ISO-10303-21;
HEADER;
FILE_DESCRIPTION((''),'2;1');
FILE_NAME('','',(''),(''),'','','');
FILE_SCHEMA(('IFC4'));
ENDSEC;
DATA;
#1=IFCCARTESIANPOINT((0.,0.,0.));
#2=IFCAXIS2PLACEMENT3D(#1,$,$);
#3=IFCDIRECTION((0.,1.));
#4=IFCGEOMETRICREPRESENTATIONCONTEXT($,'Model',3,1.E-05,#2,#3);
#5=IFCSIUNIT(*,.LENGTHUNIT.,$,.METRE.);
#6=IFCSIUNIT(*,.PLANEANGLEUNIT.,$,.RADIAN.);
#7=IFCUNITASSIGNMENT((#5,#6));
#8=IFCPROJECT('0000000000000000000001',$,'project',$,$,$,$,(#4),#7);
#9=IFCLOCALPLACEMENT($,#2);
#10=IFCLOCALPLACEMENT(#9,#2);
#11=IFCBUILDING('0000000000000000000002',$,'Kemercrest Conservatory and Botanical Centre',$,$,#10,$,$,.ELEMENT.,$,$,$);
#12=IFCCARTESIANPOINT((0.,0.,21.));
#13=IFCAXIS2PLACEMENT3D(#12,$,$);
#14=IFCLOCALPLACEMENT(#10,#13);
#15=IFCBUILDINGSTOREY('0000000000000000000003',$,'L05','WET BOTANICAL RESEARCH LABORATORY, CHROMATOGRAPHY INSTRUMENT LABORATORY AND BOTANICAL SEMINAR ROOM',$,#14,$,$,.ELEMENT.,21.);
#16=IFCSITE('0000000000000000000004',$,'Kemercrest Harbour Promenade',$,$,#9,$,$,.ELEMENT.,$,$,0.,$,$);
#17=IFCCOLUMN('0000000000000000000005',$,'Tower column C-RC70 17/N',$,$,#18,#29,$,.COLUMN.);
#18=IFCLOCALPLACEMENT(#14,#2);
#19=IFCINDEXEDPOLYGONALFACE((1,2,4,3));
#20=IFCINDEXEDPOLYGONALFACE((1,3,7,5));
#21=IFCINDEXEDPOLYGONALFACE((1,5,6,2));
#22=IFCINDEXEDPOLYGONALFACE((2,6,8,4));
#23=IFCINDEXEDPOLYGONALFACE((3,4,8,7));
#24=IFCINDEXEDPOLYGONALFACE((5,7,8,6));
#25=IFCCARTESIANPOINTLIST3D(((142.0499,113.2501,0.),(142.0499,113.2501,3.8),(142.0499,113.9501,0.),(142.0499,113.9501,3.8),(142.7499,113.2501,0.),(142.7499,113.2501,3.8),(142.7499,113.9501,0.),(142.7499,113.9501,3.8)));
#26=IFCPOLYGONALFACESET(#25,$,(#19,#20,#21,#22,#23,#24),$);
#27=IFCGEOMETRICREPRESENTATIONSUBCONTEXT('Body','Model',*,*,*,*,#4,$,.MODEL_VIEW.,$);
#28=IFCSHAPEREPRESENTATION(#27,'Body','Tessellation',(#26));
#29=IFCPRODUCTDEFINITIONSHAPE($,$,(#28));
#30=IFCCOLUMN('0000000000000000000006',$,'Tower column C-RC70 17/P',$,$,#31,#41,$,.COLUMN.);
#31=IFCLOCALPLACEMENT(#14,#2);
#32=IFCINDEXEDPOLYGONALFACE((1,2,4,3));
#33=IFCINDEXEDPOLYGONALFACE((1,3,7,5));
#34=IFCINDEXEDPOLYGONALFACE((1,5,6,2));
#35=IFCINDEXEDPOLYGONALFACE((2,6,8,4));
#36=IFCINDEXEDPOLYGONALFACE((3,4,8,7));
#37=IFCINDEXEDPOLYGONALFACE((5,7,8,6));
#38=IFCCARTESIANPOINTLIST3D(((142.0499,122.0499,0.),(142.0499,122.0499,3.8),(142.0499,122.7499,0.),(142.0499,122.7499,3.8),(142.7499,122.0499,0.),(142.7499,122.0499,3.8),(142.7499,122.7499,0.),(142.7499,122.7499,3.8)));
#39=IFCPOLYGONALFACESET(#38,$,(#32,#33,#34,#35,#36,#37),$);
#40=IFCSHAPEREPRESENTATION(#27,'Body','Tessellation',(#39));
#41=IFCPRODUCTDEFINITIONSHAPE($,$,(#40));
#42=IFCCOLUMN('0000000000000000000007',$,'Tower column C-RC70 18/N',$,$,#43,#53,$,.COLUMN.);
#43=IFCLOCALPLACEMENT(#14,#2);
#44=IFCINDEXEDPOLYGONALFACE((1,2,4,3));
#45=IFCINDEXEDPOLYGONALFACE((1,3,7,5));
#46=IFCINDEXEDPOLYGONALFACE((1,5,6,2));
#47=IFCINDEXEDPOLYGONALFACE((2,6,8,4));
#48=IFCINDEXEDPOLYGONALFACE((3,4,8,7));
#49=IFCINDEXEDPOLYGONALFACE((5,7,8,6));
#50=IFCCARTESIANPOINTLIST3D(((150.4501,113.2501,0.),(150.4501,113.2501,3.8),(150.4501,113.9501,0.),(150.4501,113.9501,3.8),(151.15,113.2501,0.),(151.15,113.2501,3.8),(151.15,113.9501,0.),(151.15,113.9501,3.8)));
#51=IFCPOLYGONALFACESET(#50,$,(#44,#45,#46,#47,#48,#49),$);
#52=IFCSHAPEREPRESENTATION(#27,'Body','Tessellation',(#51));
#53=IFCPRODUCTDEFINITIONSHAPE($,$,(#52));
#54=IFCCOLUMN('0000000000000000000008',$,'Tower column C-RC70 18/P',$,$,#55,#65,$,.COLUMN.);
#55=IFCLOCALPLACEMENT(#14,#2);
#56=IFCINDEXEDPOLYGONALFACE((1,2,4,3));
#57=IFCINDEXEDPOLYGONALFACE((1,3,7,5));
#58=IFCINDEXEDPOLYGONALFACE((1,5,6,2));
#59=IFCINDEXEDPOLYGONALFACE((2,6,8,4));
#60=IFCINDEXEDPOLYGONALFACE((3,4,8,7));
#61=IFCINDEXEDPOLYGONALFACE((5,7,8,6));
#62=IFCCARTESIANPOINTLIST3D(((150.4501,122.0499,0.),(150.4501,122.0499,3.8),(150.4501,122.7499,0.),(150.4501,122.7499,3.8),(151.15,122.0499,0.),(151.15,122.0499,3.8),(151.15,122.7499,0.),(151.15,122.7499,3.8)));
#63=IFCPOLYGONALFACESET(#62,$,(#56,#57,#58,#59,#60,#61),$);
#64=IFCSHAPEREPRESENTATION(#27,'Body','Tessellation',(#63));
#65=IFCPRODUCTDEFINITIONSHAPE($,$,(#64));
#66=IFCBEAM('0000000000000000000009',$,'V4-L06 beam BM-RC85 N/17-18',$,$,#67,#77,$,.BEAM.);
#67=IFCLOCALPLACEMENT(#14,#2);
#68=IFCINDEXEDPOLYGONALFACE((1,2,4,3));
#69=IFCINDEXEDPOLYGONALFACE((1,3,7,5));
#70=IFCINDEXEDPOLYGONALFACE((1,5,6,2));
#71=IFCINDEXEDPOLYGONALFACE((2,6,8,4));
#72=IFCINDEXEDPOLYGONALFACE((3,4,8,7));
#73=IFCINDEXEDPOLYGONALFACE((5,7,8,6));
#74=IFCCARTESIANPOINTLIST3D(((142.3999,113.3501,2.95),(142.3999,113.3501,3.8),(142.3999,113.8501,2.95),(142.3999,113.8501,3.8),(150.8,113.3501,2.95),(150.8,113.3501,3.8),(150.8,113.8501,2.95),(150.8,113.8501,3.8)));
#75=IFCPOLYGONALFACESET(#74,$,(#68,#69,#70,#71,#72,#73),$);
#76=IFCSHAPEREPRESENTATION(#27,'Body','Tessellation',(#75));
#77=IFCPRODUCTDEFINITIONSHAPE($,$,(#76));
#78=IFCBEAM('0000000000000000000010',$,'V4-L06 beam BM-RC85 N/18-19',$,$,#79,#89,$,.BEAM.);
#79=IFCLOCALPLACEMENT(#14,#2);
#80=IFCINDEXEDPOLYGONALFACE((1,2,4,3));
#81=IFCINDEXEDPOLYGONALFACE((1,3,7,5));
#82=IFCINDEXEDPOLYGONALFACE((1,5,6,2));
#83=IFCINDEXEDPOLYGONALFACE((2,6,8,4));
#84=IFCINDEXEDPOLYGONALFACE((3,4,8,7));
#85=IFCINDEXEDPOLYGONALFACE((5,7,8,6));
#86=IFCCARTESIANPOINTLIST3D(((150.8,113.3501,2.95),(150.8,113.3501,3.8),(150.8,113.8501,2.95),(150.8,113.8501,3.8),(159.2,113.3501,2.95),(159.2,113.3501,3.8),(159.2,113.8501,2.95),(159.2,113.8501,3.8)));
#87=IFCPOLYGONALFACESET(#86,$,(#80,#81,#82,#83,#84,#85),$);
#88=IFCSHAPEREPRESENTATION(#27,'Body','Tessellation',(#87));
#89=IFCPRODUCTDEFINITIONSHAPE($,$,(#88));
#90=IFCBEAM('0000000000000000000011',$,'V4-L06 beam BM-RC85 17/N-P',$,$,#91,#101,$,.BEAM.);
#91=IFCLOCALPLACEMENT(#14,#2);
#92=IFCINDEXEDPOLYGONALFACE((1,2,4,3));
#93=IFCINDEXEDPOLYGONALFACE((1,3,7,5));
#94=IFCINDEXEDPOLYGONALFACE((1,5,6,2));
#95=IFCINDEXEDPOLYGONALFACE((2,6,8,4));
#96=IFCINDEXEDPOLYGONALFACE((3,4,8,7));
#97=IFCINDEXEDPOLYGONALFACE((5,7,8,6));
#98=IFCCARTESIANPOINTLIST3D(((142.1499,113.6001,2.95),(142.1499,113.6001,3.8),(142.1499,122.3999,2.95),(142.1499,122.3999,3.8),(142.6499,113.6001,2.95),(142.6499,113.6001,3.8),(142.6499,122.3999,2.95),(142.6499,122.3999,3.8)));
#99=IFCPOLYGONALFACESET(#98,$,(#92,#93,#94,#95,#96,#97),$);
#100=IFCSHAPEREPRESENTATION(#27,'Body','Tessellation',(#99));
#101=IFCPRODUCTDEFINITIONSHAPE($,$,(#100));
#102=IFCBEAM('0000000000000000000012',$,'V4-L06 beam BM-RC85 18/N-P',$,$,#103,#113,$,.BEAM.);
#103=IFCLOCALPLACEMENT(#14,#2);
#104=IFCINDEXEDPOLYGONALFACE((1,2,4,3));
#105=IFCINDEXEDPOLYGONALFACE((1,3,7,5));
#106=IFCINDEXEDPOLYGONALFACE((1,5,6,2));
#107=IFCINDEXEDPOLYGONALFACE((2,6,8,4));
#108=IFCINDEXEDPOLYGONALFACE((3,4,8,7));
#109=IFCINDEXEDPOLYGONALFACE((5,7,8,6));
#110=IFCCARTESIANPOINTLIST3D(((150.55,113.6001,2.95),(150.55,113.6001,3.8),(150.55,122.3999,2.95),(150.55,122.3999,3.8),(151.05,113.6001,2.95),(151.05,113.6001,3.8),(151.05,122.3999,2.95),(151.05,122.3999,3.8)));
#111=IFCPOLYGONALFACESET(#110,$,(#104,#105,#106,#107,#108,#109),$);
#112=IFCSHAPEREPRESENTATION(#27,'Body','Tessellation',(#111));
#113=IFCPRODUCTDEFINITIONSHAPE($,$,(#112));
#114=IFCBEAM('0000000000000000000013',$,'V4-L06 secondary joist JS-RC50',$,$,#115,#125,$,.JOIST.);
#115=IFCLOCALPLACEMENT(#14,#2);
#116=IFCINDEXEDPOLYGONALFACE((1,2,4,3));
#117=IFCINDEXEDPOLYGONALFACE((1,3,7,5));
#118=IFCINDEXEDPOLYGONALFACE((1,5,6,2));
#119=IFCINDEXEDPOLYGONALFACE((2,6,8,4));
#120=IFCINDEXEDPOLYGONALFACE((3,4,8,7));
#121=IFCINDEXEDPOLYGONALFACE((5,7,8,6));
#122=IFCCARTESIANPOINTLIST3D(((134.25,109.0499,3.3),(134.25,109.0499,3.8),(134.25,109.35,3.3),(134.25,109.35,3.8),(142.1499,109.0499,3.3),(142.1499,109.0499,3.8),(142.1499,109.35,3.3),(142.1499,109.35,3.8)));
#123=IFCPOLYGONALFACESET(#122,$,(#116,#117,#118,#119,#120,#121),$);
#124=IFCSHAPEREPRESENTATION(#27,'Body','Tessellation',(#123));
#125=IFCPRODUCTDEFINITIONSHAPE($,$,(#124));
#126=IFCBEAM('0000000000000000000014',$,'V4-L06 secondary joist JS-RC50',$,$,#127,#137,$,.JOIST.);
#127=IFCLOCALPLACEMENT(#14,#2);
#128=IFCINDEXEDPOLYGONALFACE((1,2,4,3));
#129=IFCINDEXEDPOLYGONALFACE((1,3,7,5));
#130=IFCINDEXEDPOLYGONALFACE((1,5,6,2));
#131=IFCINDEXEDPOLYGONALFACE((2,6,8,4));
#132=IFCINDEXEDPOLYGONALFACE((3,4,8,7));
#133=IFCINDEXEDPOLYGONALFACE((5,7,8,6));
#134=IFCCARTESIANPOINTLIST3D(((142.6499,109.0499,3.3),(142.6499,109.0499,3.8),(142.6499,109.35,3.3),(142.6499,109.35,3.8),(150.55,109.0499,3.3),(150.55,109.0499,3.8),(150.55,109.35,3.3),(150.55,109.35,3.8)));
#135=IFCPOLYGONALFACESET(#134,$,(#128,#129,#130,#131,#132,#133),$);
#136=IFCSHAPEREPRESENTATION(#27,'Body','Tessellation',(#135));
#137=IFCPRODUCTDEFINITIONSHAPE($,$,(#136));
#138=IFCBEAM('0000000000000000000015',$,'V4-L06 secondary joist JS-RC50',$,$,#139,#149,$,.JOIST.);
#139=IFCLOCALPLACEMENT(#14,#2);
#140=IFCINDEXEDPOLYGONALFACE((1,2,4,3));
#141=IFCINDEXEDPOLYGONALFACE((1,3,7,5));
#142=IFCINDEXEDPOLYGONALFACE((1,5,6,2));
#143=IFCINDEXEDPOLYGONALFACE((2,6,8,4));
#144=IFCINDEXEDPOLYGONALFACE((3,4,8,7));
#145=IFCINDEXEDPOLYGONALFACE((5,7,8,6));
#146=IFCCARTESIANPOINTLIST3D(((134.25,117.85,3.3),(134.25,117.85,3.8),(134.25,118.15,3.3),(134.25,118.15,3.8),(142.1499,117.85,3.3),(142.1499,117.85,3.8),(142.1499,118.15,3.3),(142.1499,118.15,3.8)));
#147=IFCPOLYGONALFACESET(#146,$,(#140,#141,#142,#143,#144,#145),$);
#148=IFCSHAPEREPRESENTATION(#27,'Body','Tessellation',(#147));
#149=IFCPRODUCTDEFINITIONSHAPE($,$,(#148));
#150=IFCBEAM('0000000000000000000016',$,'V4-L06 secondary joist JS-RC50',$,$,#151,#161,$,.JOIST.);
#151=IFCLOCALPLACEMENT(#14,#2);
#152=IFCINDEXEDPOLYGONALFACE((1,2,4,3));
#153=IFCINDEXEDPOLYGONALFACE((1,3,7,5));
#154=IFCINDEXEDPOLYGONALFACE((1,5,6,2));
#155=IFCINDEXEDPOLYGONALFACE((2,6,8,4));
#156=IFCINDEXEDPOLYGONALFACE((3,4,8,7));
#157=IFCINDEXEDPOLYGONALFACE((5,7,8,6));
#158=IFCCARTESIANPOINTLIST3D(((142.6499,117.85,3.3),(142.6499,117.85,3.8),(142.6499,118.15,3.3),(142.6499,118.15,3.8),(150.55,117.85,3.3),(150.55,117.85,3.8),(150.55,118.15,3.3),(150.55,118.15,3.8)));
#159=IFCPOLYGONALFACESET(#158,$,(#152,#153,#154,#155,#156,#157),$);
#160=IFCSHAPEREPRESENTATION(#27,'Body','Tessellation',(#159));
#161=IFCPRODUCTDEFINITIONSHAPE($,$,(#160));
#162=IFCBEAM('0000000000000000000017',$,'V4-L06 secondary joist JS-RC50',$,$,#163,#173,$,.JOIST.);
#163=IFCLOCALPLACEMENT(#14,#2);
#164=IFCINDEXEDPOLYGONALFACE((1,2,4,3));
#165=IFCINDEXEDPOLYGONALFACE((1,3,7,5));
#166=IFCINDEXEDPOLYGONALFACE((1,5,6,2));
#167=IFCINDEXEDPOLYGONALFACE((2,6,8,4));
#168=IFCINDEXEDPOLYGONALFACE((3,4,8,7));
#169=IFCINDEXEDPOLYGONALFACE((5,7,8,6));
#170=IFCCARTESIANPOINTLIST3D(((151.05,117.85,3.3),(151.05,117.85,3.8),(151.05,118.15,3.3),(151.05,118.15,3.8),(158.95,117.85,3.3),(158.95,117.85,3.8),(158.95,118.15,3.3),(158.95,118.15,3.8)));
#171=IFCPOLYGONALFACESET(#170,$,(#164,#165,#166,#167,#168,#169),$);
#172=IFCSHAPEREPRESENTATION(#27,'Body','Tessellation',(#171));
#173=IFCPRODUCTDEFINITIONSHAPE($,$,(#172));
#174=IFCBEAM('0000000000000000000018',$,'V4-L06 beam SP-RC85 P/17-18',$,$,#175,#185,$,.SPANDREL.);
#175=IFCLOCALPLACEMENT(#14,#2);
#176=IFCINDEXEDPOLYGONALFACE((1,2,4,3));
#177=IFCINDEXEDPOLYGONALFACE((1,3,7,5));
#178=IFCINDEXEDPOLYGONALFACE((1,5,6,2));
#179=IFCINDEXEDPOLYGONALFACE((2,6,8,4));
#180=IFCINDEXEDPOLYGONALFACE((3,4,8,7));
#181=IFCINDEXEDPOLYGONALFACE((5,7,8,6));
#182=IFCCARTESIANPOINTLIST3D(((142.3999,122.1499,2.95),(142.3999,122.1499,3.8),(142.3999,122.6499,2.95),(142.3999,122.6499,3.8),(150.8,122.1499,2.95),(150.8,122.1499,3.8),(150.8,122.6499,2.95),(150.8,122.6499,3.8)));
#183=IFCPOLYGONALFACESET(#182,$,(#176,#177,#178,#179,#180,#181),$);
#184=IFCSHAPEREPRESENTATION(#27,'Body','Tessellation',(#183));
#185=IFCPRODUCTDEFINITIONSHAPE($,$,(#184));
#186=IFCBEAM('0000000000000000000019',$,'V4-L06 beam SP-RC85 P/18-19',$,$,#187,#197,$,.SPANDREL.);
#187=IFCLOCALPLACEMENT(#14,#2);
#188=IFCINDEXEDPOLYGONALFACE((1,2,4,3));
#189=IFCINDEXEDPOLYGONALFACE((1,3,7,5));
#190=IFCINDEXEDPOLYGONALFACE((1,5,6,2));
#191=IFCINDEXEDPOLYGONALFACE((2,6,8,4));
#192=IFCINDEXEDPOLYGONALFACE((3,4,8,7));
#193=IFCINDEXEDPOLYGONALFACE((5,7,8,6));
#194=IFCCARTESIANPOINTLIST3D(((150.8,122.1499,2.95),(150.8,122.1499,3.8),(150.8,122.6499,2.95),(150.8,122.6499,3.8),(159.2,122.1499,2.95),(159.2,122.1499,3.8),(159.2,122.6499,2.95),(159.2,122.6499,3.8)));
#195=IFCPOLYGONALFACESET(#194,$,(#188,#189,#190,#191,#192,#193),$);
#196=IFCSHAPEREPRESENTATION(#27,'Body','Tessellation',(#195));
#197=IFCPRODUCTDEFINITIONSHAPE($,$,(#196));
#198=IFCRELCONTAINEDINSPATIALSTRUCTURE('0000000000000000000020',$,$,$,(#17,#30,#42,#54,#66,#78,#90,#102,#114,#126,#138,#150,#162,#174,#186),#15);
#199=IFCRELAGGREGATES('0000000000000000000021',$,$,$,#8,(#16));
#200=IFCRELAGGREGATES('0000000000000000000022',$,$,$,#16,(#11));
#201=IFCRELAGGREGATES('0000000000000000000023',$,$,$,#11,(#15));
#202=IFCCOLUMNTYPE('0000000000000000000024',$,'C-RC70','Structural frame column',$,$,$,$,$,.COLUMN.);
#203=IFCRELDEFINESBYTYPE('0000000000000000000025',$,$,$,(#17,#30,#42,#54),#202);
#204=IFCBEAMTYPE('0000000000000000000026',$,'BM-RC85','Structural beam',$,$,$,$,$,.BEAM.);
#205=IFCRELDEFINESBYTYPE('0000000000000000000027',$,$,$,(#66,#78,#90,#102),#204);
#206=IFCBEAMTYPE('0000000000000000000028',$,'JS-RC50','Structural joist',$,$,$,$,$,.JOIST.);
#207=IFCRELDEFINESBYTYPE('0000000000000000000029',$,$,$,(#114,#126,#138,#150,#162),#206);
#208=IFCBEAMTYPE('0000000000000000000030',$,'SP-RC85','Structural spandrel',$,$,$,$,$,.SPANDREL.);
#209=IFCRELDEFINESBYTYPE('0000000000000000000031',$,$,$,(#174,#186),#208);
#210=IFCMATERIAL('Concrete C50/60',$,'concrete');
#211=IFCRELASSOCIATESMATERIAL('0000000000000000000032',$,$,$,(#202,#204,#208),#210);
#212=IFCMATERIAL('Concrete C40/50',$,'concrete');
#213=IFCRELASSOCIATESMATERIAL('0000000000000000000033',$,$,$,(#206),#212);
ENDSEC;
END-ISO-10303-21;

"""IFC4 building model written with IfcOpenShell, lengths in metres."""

from ifc_helpers import new_model, si_unit, direction, frame, origin, origin_2d, place, context, subcontext, project, spatial, rectangle, extrude, material, material_profile, profile_set, type_object, element, save


model = new_model("IFC4")

# Units and contexts
model_context = context("Model", 3, precision=1e-05, world=origin(), true_north=direction((0.0, 1.0)))
body_context = subcontext(model_context, "Body", "Model", "MODEL_VIEW")
ifc_project = project(units=[si_unit("LENGTHUNIT", "METRE"), si_unit("PLANEANGLEUNIT", "RADIAN")], contexts=[model_context])

# Site, building, storey
site_placement = place(None, origin())
site = spatial("IfcSite", under=ifc_project, at=site_placement, Name="Kemercrest Harbour Promenade", CompositionType="ELEMENT", RefElevation=0.0)
building_placement = place(site_placement, origin())
building = spatial("IfcBuilding", under=site, at=building_placement, Name="Kemercrest Conservatory and Botanical Centre", CompositionType="ELEMENT")
storey_placement = place(building_placement, frame((0.0, 0.0, 21.0)))
storey = spatial("IfcBuildingStorey", under=building, at=storey_placement, Name="L05", Description="WET BOTANICAL RESEARCH LABORATORY, CHROMATOGRAPHY INSTRUMENT LABORATORY AND BOTANICAL SEMINAR ROOM", CompositionType="ELEMENT", Elevation=21.0)

# Columns
ifc_material_1 = material(Name="Concrete C50/60", Category="concrete")
ifc_material_profile_1 = material_profile(ifc_material_1, rectangle(XDim=0.7, YDim=0.7, at=origin_2d()), Name="RC 700x700")
ifc_profile_set_1 = profile_set([ifc_material_profile_1], Name="Concrete C50/60")
column_type = type_object("IfcColumnType", Name="C-RC70", Description="Structural frame column", PredefinedType="COLUMN", material=ifc_profile_set_1)
for number, where, z_axis, x_axis, name in (
    (1, (142.3999, 113.6001, 0.0), (0.0, 0.0, 1.0), (1.0, 0.0, 0.0), "Tower column C-RC70 17/N"),
    (2, (142.3999, 122.3999, 0.0), (0.0, 0.0, 1.0), (1.0, 0.0, 0.0), "Tower column C-RC70 17/P"),
    (3, (150.8, 113.6001, 0.0), (0.0, 0.0, 1.0), (1.0, 0.0, 0.0), "Tower column C-RC70 18/N"),
    (4, (150.8, 122.3999, 0.0), (0.0, 0.0, 1.0), (1.0, 0.0, 0.0), "Tower column C-RC70 18/P"),
):
    element("IfcColumn", number, at=place(storey_placement, frame(where, z_axis=z_axis, x_axis=x_axis)), inside=storey, type_object=column_type, Name=name, PredefinedType="COLUMN", context=body_context, shape_type="SweptSolid", body=[
        extrude(rectangle(XDim=0.7, YDim=0.7, at=origin_2d()), origin(), (0.0, 0.0, 1.0), 3.8),
    ])

# Beams
ifc_material_profile_2 = material_profile(ifc_material_1, rectangle(XDim=0.5, YDim=0.8501, at=origin_2d()), Name="RC 500x850")
ifc_profile_set_2 = profile_set([ifc_material_profile_2], Name="Concrete C50/60")
beam_type_1 = type_object("IfcBeamType", Name="BM-RC85", Description="Structural beam", PredefinedType="BEAM", material=ifc_profile_set_2)
beam_1_placement = place(storey_placement, frame((142.3999, 113.6001, 3.375), z_axis=(1.0, 0.0, 0.0), x_axis=(0.0, 1.0, 0.0)))
element("IfcBeam", 5, at=beam_1_placement, inside=storey, type_object=beam_type_1, Name="V4-L06 beam BM-RC85 N/17-18", PredefinedType="BEAM", context=body_context, shape_type="SweptSolid", body=[
    extrude(rectangle(XDim=0.5, YDim=0.8501, at=origin_2d()), origin(), (0.0, 0.0, 1.0), 8.4001),
])
beam_2_placement = place(storey_placement, frame((150.8, 113.6001, 3.375), z_axis=(1.0, 0.0, 0.0), x_axis=(0.0, 1.0, 0.0)))
element("IfcBeam", 6, at=beam_2_placement, inside=storey, type_object=beam_type_1, Name="V4-L06 beam BM-RC85 N/18-19", PredefinedType="BEAM", context=body_context, shape_type="SweptSolid", body=[
    extrude(rectangle(XDim=0.5, YDim=0.8501, at=origin_2d()), origin(), (0.0, 0.0, 1.0), 8.3999),
])
for number, where, z_axis, x_axis, name in (
    (7, (142.3999, 113.6001, 3.375), (0.0, 1.0, 0.0), (-1.0, 0.0, 0.0), "V4-L06 beam BM-RC85 17/N-P"),
    (8, (150.8, 113.6001, 3.375), (0.0, 1.0, 0.0), (-1.0, 0.0, 0.0), "V4-L06 beam BM-RC85 18/N-P"),
):
    element("IfcBeam", number, at=place(storey_placement, frame(where, z_axis=z_axis, x_axis=x_axis)), inside=storey, type_object=beam_type_1, Name=name, PredefinedType="BEAM", context=body_context, shape_type="SweptSolid", body=[
        extrude(rectangle(XDim=0.5, YDim=0.8501, at=origin_2d()), origin(), (0.0, 0.0, 1.0), 8.7998),
    ])
ifc_material_2 = material(Name="Concrete C40/50", Category="concrete")
ifc_material_profile_3 = material_profile(ifc_material_2, rectangle(XDim=0.3, YDim=0.5, at=origin_2d()), Name="RC 300x500")
ifc_profile_set_3 = profile_set([ifc_material_profile_3], Name="Concrete C40/50")
beam_type_2 = type_object("IfcBeamType", Name="JS-RC50", Description="Structural joist", PredefinedType="JOIST", material=ifc_profile_set_3)
beam_3_placement = place(storey_placement, frame((134.25, 109.2, 3.55), z_axis=(1.0, 0.0, 0.0), x_axis=(0.0, 1.0, 0.0)))
element("IfcBeam", 9, at=beam_3_placement, inside=storey, type_object=beam_type_2, Name="V4-L06 secondary joist JS-RC50", PredefinedType="JOIST", context=body_context, shape_type="SweptSolid", body=[
    extrude(rectangle(XDim=0.3, YDim=0.5, at=origin_2d()), origin(), (0.0, 0.0, 1.0), 7.8999),
])
beam_4_placement = place(storey_placement, frame((142.6499, 109.2, 3.55), z_axis=(1.0, 0.0, 0.0), x_axis=(0.0, 1.0, 0.0)))
element("IfcBeam", 10, at=beam_4_placement, inside=storey, type_object=beam_type_2, Name="V4-L06 secondary joist JS-RC50", PredefinedType="JOIST", context=body_context, shape_type="SweptSolid", body=[
    extrude(rectangle(XDim=0.3, YDim=0.5, at=origin_2d()), origin(), (0.0, 0.0, 1.0), 7.9001),
])
beam_5_placement = place(storey_placement, frame((134.25, 118.0, 3.55), z_axis=(1.0, 0.0, 0.0), x_axis=(0.0, 1.0, 0.0)))
element("IfcBeam", 11, at=beam_5_placement, inside=storey, type_object=beam_type_2, Name="V4-L06 secondary joist JS-RC50", PredefinedType="JOIST", context=body_context, shape_type="SweptSolid", body=[
    extrude(rectangle(XDim=0.3, YDim=0.5, at=origin_2d()), origin(), (0.0, 0.0, 1.0), 7.8999),
])
beam_6_placement = place(storey_placement, frame((142.6499, 118.0, 3.55), z_axis=(1.0, 0.0, 0.0), x_axis=(0.0, 1.0, 0.0)))
element("IfcBeam", 12, at=beam_6_placement, inside=storey, type_object=beam_type_2, Name="V4-L06 secondary joist JS-RC50", PredefinedType="JOIST", context=body_context, shape_type="SweptSolid", body=[
    extrude(rectangle(XDim=0.3, YDim=0.5, at=origin_2d()), origin(), (0.0, 0.0, 1.0), 7.9001),
])
beam_7_placement = place(storey_placement, frame((151.05, 118.0, 3.55), z_axis=(1.0, 0.0, 0.0), x_axis=(0.0, 1.0, 0.0)))
element("IfcBeam", 13, at=beam_7_placement, inside=storey, type_object=beam_type_2, Name="V4-L06 secondary joist JS-RC50", PredefinedType="JOIST", context=body_context, shape_type="SweptSolid", body=[
    extrude(rectangle(XDim=0.3, YDim=0.5, at=origin_2d()), origin(), (0.0, 0.0, 1.0), 7.8999),
])
ifc_material_profile_4 = material_profile(ifc_material_1, rectangle(XDim=0.5, YDim=0.8501, at=origin_2d()), Name="RC 500x850")
ifc_profile_set_4 = profile_set([ifc_material_profile_4], Name="Concrete C50/60")
beam_type_3 = type_object("IfcBeamType", Name="SP-RC85", Description="Structural spandrel", PredefinedType="SPANDREL", material=ifc_profile_set_4)
beam_8_placement = place(storey_placement, frame((142.3999, 122.3999, 3.375), z_axis=(1.0, 0.0, 0.0), x_axis=(0.0, 1.0, 0.0)))
element("IfcBeam", 14, at=beam_8_placement, inside=storey, type_object=beam_type_3, Name="V4-L06 beam SP-RC85 P/17-18", PredefinedType="SPANDREL", context=body_context, shape_type="SweptSolid", body=[
    extrude(rectangle(XDim=0.5, YDim=0.8501, at=origin_2d()), origin(), (0.0, 0.0, 1.0), 8.4001),
])
beam_9_placement = place(storey_placement, frame((150.8, 122.3999, 3.375), z_axis=(1.0, 0.0, 0.0), x_axis=(0.0, 1.0, 0.0)))
element("IfcBeam", 15, at=beam_9_placement, inside=storey, type_object=beam_type_3, Name="V4-L06 beam SP-RC85 P/18-19", PredefinedType="SPANDREL", context=body_context, shape_type="SweptSolid", body=[
    extrude(rectangle(XDim=0.5, YDim=0.8501, at=origin_2d()), origin(), (0.0, 0.0, 1.0), 8.3999),
])

save(model, "model.ifc")
